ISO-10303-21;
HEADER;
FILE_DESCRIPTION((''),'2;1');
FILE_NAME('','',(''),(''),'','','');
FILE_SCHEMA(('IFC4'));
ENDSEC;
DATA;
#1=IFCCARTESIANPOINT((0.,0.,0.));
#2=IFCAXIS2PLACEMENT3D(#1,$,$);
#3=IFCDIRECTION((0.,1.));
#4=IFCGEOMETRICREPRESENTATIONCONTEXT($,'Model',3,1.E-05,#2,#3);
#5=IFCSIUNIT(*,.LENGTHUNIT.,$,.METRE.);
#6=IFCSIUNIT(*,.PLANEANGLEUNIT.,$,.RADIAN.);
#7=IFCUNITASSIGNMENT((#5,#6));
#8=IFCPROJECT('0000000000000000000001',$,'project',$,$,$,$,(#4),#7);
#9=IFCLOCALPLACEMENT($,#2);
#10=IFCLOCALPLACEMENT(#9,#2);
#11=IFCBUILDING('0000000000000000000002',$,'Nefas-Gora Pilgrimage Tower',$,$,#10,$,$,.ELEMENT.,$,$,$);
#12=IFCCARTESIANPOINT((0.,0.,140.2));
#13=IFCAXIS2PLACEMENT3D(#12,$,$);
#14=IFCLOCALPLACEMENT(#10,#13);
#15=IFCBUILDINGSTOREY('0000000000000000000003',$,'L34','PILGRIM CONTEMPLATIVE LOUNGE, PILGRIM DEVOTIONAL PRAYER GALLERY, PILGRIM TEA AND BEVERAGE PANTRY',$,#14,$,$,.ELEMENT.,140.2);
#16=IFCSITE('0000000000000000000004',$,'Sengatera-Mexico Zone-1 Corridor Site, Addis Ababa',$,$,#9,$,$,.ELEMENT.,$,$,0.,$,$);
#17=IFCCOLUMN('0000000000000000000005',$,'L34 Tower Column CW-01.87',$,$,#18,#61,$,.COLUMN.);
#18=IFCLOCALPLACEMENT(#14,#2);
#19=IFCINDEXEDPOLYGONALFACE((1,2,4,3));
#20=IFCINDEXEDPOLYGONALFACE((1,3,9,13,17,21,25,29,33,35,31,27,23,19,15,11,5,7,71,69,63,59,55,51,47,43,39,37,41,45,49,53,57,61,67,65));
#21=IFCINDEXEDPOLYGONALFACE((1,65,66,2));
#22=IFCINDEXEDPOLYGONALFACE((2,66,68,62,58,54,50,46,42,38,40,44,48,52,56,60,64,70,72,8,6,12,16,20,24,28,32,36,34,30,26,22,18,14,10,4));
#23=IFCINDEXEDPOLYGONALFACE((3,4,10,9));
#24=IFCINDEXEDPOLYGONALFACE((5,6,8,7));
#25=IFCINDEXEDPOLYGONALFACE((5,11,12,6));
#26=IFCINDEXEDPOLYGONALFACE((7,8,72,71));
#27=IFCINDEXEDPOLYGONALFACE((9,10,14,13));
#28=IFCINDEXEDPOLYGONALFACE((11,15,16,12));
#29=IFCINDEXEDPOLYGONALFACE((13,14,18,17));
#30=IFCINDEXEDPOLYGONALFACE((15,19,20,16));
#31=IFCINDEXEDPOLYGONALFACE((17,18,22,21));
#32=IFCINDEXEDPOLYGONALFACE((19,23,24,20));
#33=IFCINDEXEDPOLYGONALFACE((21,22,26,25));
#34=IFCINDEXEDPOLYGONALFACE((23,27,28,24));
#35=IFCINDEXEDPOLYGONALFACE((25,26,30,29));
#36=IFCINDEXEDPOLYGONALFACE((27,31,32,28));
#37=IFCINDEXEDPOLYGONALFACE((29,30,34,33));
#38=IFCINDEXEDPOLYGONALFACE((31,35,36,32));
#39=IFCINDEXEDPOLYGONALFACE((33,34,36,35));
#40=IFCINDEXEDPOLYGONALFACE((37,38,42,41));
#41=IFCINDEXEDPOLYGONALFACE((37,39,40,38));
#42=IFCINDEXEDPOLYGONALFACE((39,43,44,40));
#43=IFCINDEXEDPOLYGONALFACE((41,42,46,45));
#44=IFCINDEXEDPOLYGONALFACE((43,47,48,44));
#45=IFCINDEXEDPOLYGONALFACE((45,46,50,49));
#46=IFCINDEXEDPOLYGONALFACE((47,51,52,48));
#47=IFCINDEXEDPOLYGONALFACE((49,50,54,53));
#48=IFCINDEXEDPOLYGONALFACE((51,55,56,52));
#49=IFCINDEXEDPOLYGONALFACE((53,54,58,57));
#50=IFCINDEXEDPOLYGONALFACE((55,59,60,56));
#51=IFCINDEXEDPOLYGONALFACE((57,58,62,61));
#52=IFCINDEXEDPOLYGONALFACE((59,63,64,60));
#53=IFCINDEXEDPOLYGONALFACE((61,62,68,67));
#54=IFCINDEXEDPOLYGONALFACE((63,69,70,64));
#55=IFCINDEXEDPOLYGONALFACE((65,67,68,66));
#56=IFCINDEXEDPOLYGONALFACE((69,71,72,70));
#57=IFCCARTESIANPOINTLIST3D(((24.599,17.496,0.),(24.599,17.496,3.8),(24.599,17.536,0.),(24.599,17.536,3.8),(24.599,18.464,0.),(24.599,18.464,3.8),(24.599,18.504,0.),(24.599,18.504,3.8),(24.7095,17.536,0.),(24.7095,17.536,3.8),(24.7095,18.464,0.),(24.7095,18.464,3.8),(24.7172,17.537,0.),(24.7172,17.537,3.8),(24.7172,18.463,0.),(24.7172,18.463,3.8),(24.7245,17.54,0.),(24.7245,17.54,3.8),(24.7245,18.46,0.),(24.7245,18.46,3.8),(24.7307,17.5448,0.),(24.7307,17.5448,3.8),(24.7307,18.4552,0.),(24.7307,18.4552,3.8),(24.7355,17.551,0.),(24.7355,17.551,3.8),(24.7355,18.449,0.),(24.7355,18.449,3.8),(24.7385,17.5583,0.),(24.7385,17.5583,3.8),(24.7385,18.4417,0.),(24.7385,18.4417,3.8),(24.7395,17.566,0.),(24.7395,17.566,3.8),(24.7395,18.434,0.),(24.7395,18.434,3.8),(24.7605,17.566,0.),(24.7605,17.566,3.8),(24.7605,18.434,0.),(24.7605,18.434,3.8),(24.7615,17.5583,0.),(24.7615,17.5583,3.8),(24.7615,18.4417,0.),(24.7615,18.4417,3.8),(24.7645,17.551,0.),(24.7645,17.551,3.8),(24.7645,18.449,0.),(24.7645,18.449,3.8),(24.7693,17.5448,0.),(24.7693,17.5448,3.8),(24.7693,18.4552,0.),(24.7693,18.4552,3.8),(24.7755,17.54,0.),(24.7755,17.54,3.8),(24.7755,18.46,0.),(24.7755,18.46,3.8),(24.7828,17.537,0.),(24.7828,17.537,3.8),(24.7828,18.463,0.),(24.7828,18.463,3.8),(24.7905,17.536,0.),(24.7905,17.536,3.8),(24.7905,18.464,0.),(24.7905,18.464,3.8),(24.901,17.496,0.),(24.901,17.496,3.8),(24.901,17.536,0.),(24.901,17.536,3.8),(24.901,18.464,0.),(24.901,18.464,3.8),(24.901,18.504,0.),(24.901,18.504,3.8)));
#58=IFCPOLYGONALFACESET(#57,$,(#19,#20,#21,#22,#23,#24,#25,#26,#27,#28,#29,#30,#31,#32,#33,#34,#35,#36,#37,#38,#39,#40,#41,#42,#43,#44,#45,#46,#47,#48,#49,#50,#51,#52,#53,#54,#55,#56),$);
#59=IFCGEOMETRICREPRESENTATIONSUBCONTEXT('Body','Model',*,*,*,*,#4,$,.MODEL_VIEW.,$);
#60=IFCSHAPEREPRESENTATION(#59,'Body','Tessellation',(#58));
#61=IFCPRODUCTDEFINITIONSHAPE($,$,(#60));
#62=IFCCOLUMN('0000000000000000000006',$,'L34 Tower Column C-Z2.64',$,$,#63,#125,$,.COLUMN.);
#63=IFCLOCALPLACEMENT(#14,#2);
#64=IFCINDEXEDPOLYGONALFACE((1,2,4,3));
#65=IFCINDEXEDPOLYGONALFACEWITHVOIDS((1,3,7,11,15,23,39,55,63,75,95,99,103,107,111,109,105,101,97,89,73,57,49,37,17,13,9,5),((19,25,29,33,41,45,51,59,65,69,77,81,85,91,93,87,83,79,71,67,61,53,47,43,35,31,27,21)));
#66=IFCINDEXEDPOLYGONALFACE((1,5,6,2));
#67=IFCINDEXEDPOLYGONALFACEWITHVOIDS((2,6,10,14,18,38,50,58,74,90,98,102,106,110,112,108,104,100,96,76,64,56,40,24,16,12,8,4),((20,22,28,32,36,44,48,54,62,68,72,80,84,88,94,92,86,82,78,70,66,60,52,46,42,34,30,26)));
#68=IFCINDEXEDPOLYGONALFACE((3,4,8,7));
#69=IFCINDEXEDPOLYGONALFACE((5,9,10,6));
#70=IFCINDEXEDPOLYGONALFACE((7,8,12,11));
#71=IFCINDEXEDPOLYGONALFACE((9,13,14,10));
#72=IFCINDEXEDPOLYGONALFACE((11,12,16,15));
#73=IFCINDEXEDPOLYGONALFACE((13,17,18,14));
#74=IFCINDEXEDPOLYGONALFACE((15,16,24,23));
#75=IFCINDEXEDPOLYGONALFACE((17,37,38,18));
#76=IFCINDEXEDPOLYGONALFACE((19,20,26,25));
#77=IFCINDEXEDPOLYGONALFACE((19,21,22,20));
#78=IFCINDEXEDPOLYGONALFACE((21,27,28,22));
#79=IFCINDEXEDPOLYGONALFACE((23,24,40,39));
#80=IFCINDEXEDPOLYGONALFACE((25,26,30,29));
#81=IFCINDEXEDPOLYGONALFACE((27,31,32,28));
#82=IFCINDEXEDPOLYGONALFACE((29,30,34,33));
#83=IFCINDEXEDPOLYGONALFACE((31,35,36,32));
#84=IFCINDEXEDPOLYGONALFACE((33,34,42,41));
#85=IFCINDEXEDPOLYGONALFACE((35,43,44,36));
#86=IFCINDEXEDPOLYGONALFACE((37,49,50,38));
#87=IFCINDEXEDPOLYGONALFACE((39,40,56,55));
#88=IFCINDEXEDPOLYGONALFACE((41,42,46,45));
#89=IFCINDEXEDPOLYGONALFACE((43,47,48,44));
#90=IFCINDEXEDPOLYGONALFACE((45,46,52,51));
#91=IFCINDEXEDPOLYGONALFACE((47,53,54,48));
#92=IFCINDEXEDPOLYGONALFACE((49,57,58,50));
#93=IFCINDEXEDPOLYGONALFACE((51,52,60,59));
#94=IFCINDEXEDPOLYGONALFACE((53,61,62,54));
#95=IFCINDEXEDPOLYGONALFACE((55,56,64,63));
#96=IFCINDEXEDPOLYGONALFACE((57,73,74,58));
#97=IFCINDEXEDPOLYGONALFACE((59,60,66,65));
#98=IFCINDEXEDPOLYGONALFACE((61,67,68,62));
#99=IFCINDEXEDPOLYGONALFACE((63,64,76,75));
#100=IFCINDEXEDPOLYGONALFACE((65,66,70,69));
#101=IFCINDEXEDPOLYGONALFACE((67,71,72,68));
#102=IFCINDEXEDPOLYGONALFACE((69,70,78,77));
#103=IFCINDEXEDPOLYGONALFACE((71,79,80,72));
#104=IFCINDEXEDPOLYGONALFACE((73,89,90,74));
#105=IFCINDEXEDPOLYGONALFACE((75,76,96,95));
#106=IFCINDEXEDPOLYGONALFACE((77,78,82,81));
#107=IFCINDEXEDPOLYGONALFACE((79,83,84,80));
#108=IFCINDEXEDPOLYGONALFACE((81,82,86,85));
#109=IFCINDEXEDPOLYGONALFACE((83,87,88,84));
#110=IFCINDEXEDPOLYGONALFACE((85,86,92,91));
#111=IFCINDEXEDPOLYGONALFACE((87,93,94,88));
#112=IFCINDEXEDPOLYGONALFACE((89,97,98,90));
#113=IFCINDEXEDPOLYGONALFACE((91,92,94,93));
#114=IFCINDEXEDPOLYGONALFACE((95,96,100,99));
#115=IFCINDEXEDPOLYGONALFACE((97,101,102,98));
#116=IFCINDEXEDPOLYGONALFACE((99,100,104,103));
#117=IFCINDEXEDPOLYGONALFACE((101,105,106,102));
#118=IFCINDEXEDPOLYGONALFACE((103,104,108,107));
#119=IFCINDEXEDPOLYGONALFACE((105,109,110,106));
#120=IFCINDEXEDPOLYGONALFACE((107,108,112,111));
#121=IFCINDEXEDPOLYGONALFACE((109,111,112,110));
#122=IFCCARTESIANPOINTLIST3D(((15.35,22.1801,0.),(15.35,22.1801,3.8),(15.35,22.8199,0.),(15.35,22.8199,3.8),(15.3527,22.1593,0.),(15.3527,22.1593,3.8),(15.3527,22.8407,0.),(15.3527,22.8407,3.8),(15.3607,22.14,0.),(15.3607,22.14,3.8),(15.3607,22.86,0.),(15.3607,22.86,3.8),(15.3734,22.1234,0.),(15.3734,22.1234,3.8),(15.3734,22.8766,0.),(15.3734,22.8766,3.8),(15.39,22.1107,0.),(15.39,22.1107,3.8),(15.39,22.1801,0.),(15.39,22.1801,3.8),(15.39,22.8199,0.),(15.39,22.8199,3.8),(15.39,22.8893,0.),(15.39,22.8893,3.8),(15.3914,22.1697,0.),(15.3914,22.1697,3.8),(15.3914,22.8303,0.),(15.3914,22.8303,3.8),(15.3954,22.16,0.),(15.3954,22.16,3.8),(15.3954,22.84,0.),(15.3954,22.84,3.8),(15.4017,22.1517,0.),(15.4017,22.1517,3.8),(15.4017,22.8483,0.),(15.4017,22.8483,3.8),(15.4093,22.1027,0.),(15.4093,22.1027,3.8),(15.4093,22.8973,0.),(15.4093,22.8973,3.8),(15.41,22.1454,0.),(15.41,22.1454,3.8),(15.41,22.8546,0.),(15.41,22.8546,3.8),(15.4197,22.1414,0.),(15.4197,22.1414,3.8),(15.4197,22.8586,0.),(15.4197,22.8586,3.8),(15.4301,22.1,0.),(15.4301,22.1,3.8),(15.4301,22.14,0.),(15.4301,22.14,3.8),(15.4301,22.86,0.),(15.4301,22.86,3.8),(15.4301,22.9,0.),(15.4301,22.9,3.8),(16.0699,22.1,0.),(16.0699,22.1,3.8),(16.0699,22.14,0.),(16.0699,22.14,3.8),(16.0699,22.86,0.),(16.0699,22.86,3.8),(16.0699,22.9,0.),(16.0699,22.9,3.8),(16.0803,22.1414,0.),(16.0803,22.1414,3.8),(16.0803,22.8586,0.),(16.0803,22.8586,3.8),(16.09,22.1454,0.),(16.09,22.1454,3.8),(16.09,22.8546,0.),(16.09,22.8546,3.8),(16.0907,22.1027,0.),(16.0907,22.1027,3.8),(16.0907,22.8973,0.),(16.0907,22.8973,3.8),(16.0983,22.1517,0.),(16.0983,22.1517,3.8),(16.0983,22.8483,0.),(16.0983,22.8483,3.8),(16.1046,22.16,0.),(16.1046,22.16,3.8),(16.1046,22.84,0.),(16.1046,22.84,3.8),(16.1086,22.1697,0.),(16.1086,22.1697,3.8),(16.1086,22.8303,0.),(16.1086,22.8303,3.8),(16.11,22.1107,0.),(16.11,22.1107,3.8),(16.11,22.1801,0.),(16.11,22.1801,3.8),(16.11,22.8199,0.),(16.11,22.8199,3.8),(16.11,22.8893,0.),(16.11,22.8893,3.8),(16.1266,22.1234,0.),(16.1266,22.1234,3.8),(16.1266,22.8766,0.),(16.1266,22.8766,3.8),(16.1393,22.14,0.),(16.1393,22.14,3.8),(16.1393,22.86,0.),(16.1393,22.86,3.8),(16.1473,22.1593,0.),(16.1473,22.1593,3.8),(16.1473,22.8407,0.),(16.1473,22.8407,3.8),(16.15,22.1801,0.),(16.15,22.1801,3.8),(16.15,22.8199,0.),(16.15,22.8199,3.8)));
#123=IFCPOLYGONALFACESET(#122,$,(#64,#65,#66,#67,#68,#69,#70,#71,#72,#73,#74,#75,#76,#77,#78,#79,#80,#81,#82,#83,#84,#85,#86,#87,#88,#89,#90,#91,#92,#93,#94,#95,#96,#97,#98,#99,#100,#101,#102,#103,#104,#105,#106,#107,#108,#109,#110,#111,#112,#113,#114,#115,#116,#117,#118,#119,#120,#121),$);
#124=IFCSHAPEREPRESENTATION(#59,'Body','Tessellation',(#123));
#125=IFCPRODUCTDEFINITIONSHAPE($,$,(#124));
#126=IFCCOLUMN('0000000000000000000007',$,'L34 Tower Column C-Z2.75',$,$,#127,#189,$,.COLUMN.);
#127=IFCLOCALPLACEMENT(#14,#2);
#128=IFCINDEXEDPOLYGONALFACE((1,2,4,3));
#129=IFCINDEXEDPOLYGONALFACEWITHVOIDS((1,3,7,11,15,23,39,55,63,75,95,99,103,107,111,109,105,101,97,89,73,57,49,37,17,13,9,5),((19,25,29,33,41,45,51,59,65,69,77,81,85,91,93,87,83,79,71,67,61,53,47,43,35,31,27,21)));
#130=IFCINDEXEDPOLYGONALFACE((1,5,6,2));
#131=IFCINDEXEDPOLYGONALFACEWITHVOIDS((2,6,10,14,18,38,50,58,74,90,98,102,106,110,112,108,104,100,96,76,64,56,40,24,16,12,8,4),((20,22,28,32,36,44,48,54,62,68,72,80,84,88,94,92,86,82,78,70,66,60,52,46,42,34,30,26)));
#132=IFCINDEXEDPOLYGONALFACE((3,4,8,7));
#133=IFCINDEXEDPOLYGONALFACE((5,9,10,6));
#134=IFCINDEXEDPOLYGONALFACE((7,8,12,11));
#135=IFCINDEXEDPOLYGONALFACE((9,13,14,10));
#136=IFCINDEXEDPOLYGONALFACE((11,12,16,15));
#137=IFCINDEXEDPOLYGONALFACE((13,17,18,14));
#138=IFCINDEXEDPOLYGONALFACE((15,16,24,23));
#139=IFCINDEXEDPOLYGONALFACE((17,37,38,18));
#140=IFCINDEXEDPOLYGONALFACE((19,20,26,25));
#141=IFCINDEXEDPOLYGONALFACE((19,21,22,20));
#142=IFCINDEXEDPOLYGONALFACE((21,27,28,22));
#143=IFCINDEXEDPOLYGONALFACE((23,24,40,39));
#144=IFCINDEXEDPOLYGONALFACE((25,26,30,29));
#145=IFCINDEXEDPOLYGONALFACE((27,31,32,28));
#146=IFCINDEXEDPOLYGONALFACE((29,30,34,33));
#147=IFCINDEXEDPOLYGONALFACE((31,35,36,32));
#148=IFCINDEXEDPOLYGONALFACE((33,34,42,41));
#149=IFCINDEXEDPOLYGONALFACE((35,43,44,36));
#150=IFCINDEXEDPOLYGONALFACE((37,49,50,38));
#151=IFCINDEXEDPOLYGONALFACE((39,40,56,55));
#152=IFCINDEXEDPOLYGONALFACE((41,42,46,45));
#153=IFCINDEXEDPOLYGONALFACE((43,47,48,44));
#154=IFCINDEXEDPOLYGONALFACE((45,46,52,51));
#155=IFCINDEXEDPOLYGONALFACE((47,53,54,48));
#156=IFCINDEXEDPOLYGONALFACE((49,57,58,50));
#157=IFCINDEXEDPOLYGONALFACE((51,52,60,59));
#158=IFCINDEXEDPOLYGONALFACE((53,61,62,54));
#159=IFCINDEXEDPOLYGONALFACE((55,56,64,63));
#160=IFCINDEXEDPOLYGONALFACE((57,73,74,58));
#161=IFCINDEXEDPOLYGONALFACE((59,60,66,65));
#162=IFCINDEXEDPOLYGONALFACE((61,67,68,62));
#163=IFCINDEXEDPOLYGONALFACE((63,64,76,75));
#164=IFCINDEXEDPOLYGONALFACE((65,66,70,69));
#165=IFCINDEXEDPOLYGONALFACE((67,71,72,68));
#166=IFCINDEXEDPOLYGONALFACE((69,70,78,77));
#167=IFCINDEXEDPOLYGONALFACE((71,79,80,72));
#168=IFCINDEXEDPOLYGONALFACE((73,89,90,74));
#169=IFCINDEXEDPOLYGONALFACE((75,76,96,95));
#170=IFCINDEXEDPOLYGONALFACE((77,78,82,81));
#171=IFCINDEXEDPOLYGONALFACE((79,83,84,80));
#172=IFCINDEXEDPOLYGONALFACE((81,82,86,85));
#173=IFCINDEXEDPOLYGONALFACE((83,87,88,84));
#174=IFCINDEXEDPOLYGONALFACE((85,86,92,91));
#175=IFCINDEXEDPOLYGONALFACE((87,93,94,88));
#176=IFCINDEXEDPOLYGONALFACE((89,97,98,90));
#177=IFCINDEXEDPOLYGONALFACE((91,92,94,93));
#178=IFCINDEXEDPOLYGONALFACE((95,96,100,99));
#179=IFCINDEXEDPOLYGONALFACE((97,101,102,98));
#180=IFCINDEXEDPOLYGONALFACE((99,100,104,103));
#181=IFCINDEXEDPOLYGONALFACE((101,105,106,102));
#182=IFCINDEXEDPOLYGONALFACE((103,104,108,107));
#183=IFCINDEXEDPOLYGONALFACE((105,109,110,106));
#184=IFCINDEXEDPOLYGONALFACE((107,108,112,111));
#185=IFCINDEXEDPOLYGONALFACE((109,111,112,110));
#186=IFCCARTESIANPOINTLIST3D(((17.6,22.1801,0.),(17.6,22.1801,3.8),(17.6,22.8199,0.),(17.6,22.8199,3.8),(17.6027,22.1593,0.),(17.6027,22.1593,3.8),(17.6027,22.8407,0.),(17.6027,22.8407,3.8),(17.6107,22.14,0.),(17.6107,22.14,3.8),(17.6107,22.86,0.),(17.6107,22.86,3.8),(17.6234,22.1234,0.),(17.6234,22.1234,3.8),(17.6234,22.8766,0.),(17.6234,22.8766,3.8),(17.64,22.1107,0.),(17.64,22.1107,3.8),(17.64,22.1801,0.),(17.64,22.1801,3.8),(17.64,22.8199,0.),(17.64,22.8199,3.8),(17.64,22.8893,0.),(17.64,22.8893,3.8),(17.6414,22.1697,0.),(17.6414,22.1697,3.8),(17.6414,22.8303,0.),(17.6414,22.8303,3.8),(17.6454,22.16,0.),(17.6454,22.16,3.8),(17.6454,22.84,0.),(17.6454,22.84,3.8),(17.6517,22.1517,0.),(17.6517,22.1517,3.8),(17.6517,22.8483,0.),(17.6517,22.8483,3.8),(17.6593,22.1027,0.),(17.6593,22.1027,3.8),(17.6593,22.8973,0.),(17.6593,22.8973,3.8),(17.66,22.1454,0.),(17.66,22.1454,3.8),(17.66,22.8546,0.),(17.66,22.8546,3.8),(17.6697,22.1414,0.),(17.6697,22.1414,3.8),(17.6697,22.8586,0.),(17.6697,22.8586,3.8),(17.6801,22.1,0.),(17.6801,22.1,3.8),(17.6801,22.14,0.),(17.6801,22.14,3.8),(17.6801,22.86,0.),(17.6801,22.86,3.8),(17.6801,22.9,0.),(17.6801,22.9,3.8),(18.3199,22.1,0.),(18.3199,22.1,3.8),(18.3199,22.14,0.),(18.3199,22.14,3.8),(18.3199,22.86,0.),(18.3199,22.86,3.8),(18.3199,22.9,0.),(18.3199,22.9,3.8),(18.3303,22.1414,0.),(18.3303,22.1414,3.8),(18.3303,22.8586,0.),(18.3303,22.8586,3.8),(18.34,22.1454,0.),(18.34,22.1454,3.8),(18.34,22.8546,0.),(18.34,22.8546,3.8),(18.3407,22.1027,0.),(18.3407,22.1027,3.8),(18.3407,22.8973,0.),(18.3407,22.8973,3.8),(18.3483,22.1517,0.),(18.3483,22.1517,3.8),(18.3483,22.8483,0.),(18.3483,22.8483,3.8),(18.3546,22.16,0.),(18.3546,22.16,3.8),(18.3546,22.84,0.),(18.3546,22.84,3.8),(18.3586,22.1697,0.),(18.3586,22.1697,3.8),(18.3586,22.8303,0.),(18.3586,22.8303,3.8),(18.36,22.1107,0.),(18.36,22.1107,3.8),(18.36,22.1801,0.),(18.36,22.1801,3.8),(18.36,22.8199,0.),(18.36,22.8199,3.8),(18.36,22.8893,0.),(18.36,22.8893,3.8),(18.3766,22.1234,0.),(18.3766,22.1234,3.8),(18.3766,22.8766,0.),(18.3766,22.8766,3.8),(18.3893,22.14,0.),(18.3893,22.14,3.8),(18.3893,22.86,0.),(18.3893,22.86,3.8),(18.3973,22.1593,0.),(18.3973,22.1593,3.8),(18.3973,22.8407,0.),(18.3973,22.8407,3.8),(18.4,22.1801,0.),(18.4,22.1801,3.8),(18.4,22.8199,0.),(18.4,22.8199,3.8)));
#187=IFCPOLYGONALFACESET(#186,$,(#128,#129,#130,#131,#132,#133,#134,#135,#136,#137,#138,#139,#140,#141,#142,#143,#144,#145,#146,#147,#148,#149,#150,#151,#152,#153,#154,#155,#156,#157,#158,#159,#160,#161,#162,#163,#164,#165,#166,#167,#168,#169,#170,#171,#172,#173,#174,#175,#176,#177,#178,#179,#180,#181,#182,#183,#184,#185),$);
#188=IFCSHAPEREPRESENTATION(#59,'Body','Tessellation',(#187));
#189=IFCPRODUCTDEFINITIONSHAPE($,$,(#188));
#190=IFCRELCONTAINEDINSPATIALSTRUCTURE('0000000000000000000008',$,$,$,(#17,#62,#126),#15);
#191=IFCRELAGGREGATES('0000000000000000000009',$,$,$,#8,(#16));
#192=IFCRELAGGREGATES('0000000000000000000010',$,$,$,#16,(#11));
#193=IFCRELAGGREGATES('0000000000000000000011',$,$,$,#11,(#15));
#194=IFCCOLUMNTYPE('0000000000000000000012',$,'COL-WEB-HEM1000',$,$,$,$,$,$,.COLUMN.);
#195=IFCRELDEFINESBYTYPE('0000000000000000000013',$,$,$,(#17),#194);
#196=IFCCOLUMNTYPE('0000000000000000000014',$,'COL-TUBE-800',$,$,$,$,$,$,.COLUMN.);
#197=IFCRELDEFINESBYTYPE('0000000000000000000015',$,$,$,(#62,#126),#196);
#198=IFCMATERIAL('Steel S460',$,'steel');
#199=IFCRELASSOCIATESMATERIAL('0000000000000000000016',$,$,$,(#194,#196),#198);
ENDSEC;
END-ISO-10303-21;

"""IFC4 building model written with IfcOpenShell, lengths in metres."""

from ifc_helpers import new_model, si_unit, direction, frame, origin, origin_2d, place, context, subcontext, project, spatial, hollow_rectangle, i_section, extrude, source, transform, mapped, material, material_profile, profile_set, type_object, element, save


model = new_model("IFC4")

# Units and contexts
model_context = context("Model", 3, precision=1e-05, world=origin(), true_north=direction((0.0, 1.0)))
body_context = subcontext(model_context, "Body", "Model", "MODEL_VIEW")
ifc_project = project(units=[si_unit("LENGTHUNIT", "METRE"), si_unit("PLANEANGLEUNIT", "RADIAN")], contexts=[model_context])

# Site, building, storey
site_placement = place(None, origin())
site = spatial("IfcSite", under=ifc_project, at=site_placement, Name="Sengatera-Mexico Zone-1 Corridor Site, Addis Ababa", CompositionType="ELEMENT", RefElevation=0.0)
building_placement = place(site_placement, origin())
building = spatial("IfcBuilding", under=site, at=building_placement, Name="Nefas-Gora Pilgrimage Tower", CompositionType="ELEMENT")
storey_placement = place(building_placement, frame((0.0, 0.0, 140.2)))
storey = spatial("IfcBuildingStorey", under=building, at=storey_placement, Name="L34", Description="PILGRIM CONTEMPLATIVE LOUNGE, PILGRIM DEVOTIONAL PRAYER GALLERY, PILGRIM TEA AND BEVERAGE PANTRY", CompositionType="ELEMENT", Elevation=140.2)

# Columns
ifc_material_1 = material(Name="Steel S460", Category="steel")
ifc_material_profile_1 = material_profile(ifc_material_1, i_section(OverallWidth=0.302, OverallDepth=1.0081, WebThickness=0.021, FlangeThickness=0.04, FilletRadius=0.03, at=origin_2d()), Name="HEM 1000")
ifc_profile_set_1 = profile_set([ifc_material_profile_1], Name="Steel S460")
column_type_1 = type_object("IfcColumnType", Name="COL-WEB-HEM1000", PredefinedType="COLUMN", material=ifc_profile_set_1)
shared_shape_1 = source(origin(), body_context, "Body", "SweptSolid", [
    extrude(i_section(OverallWidth=0.302, OverallDepth=1.0081, WebThickness=0.021, FlangeThickness=0.04, FilletRadius=0.03, at=origin_2d()), origin(), (0.0, 0.0, 1.0), 3.8),
])
for number, where, z_axis, x_axis, name in (
    (1, (24.75, 18.0, 0.0), (0.0, 0.0, 1.0), (1.0, 0.0, 0.0), "L34 Tower Column CW-01.87"),
):
    element("IfcColumn", number, at=place(storey_placement, frame(where, z_axis=z_axis, x_axis=x_axis)), inside=storey, type_object=column_type_1, Name=name, PredefinedType="COLUMN", context=body_context, shape_type="MappedRepresentation", body=[
        mapped(shared_shape_1, transform((0.0, 0.0, 0.0), x_axis=(1.0, 0.0, 0.0), y_axis=(0.0, 1.0, 0.0), z_axis=(0.0, 0.0, 1.0), scale=1.0)),
    ])
ifc_material_profile_2 = material_profile(ifc_material_1, hollow_rectangle(XDim=0.8, YDim=0.8, WallThickness=0.04, InnerFilletRadius=0.04, OuterFilletRadius=0.0801, at=origin_2d()), Name="BOX 800x800x40")
ifc_profile_set_2 = profile_set([ifc_material_profile_2], Name="Steel S460")
column_type_2 = type_object("IfcColumnType", Name="COL-TUBE-800", PredefinedType="COLUMN", material=ifc_profile_set_2)
shared_shape_2 = source(origin(), body_context, "Body", "SweptSolid", [
    extrude(hollow_rectangle(XDim=0.8, YDim=0.8, WallThickness=0.04, InnerFilletRadius=0.04, OuterFilletRadius=0.0801, at=origin_2d()), origin(), (0.0, 0.0, 1.0), 3.8),
])
for number, where, z_axis, x_axis, name in (
    (2, (15.75, 22.5, 0.0), (0.0, 0.0, 1.0), (1.0, 0.0, 0.0), "L34 Tower Column C-Z2.64"),
    (3, (18.0, 22.5, 0.0), (0.0, 0.0, 1.0), (1.0, 0.0, 0.0), "L34 Tower Column C-Z2.75"),
):
    element("IfcColumn", number, at=place(storey_placement, frame(where, z_axis=z_axis, x_axis=x_axis)), inside=storey, type_object=column_type_2, Name=name, PredefinedType="COLUMN", context=body_context, shape_type="MappedRepresentation", body=[
        mapped(shared_shape_2, transform((0.0, 0.0, 0.0), x_axis=(1.0, 0.0, 0.0), y_axis=(0.0, 1.0, 0.0), z_axis=(0.0, 0.0, 1.0), scale=1.0)),
    ])

save(model, "model.ifc")
